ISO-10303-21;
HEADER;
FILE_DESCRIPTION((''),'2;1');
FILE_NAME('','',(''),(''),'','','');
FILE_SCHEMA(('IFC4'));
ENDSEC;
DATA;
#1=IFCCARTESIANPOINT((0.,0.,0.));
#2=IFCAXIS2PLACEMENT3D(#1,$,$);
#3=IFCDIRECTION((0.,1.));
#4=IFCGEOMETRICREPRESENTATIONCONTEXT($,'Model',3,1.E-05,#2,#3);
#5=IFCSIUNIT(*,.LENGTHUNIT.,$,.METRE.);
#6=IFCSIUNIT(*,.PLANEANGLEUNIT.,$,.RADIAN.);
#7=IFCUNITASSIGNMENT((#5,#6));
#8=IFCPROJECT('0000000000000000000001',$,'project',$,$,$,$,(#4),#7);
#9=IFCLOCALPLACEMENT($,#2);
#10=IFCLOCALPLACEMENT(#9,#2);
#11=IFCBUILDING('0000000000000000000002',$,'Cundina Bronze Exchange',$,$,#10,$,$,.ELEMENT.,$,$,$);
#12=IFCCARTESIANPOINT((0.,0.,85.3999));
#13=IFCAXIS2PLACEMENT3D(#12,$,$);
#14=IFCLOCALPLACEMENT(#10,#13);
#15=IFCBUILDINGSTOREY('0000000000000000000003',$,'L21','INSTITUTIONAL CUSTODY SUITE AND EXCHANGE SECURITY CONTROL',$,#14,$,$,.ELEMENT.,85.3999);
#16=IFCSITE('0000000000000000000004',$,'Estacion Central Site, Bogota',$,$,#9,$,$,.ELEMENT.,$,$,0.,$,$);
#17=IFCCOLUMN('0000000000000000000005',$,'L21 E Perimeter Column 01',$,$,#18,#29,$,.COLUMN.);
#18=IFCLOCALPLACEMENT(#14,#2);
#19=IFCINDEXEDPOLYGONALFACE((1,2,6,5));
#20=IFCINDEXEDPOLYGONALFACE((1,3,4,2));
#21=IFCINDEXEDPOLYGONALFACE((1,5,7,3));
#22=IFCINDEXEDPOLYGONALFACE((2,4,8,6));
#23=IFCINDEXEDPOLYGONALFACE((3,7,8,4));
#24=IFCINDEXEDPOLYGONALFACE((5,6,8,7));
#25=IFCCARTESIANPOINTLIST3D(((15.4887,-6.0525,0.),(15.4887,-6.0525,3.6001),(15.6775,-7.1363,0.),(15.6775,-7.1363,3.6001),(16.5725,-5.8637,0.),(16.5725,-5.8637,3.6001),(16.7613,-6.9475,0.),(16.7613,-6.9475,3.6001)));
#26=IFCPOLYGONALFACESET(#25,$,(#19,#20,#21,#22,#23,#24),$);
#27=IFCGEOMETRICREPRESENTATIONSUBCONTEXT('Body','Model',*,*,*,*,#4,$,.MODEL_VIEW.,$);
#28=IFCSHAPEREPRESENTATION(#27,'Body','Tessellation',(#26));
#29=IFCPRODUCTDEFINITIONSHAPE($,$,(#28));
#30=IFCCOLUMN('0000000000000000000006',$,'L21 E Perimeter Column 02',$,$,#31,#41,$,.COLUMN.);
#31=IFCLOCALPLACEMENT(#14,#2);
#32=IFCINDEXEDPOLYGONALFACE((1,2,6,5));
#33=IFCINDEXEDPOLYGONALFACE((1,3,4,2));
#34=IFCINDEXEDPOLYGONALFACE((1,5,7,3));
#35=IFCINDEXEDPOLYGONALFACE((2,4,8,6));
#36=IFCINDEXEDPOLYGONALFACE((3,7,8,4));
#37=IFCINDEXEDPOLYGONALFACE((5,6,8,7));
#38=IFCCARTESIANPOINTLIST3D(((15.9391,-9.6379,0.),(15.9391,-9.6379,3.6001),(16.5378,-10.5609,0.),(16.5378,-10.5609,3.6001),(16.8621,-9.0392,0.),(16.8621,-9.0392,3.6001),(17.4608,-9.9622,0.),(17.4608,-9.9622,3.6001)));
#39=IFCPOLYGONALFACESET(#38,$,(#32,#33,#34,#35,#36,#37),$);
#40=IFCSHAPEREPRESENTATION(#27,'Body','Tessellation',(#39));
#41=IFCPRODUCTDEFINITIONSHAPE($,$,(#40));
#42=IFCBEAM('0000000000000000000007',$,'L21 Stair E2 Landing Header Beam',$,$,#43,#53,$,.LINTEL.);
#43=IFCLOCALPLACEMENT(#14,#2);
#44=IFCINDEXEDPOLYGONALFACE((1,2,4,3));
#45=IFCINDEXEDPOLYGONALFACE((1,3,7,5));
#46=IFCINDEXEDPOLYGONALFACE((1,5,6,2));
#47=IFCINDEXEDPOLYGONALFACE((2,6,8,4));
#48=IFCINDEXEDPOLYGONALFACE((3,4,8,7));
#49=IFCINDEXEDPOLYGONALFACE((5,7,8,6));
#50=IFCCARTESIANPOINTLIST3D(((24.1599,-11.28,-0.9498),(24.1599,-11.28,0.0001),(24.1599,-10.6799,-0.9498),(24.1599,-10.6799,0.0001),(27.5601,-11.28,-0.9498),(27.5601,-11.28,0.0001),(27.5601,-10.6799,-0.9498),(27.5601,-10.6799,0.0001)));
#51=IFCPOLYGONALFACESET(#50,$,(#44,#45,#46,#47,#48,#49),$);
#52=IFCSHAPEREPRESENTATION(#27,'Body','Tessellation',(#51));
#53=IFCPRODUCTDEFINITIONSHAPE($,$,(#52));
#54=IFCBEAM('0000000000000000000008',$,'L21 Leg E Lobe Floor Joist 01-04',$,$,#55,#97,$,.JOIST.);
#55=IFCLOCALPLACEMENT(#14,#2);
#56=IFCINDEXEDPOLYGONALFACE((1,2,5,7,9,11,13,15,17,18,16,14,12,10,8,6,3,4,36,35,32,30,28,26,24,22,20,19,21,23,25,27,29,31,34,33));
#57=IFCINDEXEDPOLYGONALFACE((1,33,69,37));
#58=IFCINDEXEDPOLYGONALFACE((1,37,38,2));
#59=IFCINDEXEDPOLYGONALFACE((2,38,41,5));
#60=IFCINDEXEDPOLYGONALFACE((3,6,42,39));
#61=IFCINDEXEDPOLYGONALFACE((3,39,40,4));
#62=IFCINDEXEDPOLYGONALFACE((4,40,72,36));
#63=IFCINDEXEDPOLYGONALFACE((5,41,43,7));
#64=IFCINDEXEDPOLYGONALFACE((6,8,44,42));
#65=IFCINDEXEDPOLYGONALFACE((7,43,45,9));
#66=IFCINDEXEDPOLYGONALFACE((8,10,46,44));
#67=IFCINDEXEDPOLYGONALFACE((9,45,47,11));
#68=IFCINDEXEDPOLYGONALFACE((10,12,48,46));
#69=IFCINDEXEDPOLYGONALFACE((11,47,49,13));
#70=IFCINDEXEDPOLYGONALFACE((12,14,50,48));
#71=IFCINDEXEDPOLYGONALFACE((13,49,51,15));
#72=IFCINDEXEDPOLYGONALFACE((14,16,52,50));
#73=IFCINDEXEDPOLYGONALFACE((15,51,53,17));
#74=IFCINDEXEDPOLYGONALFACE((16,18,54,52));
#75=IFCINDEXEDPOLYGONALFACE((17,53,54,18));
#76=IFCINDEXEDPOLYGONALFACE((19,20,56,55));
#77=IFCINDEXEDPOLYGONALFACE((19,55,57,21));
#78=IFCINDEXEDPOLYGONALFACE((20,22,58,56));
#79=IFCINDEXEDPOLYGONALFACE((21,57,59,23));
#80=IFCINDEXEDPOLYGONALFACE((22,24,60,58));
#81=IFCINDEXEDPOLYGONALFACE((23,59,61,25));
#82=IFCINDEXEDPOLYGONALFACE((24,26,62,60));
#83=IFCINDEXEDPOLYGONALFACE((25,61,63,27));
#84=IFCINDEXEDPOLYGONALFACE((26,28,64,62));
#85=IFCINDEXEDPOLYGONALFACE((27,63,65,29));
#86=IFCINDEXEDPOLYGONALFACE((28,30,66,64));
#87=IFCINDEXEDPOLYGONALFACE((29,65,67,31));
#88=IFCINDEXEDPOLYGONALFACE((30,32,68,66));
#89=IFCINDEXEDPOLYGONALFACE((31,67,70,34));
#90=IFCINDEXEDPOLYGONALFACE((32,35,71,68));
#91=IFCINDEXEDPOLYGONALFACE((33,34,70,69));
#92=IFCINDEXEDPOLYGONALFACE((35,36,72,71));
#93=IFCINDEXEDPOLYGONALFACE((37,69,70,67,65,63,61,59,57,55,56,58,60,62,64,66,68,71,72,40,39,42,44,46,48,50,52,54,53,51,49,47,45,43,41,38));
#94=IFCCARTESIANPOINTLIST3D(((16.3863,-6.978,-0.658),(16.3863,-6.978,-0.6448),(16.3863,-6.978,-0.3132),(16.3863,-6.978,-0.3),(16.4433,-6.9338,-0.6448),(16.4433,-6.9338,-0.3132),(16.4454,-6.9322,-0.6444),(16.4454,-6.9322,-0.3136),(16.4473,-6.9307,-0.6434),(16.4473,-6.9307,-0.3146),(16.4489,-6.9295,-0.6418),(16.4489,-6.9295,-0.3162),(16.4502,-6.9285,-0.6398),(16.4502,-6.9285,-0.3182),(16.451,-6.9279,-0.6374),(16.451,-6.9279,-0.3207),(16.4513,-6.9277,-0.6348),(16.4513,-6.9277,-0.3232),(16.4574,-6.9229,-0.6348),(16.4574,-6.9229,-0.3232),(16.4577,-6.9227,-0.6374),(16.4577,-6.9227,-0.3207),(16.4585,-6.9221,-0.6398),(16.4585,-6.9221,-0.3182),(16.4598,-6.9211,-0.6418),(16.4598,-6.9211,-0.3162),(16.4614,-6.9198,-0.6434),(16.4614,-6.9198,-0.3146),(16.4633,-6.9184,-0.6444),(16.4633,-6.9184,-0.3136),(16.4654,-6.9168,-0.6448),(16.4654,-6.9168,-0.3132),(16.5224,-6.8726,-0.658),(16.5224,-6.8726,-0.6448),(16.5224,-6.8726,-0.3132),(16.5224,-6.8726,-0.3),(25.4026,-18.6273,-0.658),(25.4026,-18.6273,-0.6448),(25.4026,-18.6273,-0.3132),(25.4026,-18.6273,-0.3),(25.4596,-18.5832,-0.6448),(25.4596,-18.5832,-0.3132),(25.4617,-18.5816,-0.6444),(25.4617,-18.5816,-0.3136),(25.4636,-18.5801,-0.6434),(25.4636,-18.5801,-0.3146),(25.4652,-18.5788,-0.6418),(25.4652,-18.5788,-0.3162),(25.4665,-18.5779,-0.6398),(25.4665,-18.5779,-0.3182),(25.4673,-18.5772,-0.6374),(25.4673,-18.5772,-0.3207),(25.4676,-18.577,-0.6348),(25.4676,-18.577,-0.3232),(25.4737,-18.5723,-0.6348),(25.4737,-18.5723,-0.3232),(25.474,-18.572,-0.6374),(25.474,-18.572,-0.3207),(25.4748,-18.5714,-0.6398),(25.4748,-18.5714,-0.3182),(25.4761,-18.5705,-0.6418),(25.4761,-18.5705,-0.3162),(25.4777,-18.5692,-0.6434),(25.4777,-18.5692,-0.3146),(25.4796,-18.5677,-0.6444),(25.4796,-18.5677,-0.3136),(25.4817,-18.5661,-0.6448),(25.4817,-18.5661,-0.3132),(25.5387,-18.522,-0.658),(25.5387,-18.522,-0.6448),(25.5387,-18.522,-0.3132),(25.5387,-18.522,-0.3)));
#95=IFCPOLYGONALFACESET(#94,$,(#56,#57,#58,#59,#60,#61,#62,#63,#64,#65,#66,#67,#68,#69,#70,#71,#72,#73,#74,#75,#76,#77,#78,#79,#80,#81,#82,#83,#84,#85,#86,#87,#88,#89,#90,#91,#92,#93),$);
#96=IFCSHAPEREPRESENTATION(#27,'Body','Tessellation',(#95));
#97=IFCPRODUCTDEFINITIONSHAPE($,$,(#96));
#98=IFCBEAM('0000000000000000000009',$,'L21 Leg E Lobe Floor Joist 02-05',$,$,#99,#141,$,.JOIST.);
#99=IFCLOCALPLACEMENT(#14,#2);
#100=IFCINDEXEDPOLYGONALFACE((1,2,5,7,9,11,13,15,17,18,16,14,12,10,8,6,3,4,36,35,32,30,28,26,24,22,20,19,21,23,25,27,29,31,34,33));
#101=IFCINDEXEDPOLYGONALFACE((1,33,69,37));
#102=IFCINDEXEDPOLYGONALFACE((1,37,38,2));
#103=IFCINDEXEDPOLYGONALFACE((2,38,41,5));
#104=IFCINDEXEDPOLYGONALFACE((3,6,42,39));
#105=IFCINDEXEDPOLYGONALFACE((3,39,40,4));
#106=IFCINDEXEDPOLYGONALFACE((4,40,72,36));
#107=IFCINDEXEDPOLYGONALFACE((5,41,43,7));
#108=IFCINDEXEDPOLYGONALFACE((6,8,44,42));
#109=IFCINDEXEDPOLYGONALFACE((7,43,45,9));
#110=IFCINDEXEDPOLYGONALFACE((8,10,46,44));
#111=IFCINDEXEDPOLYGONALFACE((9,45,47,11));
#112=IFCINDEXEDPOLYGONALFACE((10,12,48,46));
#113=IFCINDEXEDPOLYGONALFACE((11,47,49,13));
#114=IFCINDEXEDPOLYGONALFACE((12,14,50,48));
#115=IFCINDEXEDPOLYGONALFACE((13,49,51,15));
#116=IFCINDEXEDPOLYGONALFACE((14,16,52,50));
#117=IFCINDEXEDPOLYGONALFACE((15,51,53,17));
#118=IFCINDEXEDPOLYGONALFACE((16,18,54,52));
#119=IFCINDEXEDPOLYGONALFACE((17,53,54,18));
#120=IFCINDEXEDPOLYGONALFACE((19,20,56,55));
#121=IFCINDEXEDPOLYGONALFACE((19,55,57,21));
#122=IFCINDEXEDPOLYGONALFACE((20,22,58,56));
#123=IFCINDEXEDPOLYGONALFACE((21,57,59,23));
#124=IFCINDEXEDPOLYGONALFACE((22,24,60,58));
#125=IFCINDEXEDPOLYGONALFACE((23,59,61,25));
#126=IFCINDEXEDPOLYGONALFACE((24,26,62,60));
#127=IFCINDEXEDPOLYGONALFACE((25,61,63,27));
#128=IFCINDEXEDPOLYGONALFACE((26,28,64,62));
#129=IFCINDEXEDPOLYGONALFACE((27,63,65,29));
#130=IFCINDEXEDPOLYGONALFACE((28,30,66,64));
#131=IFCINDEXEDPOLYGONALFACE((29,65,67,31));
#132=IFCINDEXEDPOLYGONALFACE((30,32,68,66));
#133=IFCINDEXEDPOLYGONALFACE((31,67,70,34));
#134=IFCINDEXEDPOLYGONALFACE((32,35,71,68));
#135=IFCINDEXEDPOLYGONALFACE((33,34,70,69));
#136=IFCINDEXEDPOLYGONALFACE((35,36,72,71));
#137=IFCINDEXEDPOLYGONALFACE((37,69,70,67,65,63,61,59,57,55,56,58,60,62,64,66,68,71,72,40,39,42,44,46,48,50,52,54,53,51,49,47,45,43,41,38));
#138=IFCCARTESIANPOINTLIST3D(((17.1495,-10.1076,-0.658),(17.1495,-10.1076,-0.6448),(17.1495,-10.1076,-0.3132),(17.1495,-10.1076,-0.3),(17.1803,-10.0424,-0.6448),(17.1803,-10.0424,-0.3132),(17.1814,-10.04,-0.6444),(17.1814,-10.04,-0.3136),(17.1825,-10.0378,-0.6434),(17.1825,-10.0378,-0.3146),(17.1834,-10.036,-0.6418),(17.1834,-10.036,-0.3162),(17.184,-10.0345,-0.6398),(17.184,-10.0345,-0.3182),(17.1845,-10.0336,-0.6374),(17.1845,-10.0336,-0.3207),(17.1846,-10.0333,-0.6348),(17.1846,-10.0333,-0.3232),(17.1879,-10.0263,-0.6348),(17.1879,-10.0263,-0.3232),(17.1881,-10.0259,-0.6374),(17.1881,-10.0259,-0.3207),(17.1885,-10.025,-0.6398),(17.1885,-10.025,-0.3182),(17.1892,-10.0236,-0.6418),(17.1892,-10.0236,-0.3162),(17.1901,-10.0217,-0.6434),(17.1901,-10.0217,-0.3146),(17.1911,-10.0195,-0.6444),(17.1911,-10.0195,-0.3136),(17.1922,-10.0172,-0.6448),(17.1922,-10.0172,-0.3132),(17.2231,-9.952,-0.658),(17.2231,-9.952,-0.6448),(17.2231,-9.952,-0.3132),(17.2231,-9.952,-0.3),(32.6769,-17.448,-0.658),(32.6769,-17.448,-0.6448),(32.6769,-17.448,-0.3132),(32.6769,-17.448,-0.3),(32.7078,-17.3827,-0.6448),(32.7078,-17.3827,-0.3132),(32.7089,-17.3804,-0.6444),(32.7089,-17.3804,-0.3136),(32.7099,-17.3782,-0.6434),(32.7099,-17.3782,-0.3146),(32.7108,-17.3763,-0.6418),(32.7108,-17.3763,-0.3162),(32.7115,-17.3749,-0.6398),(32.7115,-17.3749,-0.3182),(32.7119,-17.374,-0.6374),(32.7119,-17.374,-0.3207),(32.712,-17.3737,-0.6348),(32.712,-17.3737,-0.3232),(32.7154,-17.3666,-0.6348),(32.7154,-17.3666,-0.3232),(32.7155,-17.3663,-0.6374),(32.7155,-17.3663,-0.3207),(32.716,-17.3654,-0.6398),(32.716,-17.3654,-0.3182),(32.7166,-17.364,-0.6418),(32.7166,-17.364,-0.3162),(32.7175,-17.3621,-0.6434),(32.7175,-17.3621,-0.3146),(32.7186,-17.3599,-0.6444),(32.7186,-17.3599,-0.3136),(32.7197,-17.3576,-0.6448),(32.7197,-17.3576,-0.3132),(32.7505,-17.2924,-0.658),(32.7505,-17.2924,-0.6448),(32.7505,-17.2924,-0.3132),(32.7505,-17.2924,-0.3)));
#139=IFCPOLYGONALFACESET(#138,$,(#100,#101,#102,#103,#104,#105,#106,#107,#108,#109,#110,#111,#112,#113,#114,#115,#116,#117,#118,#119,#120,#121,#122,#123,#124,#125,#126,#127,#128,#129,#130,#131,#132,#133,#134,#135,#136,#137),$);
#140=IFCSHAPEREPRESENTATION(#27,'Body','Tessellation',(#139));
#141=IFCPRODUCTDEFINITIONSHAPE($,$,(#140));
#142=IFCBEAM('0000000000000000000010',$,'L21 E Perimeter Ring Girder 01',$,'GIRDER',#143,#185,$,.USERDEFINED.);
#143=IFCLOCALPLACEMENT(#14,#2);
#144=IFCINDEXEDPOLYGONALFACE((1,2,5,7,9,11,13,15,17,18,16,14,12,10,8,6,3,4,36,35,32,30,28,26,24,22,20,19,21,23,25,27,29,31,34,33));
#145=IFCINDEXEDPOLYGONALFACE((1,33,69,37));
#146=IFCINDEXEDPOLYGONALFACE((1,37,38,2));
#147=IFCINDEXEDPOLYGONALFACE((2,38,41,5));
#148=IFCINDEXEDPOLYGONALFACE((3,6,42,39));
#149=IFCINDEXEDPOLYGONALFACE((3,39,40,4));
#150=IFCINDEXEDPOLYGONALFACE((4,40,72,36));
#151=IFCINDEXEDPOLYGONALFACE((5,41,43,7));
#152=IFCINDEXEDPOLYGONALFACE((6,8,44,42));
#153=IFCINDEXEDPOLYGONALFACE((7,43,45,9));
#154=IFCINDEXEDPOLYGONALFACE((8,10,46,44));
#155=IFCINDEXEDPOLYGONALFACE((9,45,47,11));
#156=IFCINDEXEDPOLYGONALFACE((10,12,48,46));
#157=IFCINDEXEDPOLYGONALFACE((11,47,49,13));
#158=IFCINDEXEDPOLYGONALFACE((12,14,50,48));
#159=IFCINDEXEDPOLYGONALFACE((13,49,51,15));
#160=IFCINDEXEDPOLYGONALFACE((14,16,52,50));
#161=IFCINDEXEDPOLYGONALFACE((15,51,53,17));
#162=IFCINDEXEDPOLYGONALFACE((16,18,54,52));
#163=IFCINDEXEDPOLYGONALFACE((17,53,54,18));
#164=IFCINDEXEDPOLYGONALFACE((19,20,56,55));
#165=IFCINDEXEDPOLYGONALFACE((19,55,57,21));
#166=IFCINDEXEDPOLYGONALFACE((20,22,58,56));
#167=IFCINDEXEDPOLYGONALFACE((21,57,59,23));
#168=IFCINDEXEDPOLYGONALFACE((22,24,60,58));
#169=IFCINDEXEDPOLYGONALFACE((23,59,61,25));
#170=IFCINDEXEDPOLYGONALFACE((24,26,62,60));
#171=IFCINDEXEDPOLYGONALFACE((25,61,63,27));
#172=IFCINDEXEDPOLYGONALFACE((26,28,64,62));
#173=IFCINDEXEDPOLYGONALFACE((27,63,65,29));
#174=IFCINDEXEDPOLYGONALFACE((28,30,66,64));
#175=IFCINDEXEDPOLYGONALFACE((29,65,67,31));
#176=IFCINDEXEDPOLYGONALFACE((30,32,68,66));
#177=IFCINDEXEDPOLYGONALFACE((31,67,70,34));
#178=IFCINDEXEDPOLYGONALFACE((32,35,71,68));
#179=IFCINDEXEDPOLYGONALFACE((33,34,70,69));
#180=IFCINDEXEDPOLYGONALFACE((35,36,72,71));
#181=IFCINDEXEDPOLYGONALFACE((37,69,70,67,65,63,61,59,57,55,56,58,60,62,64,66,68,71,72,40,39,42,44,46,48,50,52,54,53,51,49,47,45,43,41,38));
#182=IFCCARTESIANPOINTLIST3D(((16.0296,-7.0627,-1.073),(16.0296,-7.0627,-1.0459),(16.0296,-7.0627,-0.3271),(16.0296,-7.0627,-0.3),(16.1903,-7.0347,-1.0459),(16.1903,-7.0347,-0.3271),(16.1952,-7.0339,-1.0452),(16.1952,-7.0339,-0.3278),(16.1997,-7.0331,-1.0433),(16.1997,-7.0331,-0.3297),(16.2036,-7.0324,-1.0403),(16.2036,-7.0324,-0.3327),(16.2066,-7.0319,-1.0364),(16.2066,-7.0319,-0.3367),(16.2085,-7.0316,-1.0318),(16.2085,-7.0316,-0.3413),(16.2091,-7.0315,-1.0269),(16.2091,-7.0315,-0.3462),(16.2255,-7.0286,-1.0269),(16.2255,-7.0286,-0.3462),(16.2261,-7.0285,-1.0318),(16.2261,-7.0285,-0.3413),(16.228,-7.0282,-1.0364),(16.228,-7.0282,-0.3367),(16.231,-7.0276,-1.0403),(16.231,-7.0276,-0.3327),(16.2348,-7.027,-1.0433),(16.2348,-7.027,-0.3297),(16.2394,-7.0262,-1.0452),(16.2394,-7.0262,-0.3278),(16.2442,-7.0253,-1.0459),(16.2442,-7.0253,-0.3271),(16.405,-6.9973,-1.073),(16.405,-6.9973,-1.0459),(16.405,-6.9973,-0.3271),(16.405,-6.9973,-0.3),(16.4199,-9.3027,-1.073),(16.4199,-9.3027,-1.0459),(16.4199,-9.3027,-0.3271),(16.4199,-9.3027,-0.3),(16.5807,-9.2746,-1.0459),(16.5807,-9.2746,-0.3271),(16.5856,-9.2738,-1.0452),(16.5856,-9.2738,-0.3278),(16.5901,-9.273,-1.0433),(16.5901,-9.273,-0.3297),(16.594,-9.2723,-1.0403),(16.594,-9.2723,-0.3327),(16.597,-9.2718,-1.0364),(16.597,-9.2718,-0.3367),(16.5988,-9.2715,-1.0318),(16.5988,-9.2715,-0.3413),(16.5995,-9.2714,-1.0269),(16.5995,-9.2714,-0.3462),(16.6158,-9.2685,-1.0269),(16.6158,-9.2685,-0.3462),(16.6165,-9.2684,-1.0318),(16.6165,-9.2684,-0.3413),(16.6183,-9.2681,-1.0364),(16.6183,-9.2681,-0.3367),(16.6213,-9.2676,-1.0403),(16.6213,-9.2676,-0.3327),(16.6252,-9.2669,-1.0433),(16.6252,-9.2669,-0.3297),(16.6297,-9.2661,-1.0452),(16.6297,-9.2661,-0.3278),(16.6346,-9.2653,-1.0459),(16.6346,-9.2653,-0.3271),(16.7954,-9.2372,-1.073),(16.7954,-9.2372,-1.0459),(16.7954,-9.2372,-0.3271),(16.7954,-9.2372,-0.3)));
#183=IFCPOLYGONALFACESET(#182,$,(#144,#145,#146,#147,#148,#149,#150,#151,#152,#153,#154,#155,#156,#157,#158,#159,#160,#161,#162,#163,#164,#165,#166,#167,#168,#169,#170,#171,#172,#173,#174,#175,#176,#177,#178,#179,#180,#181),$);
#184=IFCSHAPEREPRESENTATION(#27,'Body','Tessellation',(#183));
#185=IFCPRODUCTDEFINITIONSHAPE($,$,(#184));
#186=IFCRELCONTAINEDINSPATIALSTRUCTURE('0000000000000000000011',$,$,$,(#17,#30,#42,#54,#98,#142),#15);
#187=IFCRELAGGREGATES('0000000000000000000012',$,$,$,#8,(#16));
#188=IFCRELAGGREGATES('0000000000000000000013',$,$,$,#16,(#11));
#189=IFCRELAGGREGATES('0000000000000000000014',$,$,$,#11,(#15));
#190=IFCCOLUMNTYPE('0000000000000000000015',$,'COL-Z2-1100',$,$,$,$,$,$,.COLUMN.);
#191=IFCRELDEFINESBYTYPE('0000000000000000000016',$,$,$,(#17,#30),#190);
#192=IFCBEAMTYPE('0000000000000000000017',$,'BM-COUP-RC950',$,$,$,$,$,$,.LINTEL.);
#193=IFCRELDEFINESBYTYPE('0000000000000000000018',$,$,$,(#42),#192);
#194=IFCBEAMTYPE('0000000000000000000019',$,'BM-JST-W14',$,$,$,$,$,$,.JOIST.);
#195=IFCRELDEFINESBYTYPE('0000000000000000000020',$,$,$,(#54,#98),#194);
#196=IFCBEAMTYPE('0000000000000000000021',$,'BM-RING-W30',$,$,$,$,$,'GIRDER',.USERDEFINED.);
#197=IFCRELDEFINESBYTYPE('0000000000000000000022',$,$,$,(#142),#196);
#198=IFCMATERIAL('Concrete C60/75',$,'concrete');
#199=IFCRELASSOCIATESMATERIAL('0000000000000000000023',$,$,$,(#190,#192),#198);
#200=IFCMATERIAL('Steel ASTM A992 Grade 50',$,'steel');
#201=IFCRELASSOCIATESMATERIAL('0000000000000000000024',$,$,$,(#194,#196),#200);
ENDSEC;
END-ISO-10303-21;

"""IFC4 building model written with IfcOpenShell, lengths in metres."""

from ifc_helpers import new_model, si_unit, direction, frame, origin, origin_2d, place, context, subcontext, project, spatial, rectangle, i_section, extrude, material, material_profile, profile_set, type_object, element, save


model = new_model("IFC4")

# Units and contexts
model_context = context("Model", 3, precision=1e-05, world=origin(), true_north=direction((0.0, 1.0)))
body_context = subcontext(model_context, "Body", "Model", "MODEL_VIEW")
ifc_project = project(units=[si_unit("LENGTHUNIT", "METRE"), si_unit("PLANEANGLEUNIT", "RADIAN")], contexts=[model_context])

# Site, building, storey
site_placement = place(None, origin())
site = spatial("IfcSite", under=ifc_project, at=site_placement, Name="Estacion Central Site, Bogota", CompositionType="ELEMENT", RefElevation=0.0)
building_placement = place(site_placement, origin())
building = spatial("IfcBuilding", under=site, at=building_placement, Name="Cundina Bronze Exchange", CompositionType="ELEMENT")
storey_placement = place(building_placement, frame((0.0, 0.0, 85.3999)))
storey = spatial("IfcBuildingStorey", under=building, at=storey_placement, Name="L21", Description="INSTITUTIONAL CUSTODY SUITE AND EXCHANGE SECURITY CONTROL", CompositionType="ELEMENT", Elevation=85.3999)

# Columns
ifc_material_1 = material(Name="Concrete C60/75", Category="concrete")
ifc_material_profile_1 = material_profile(ifc_material_1, rectangle(XDim=1.1001, YDim=1.1001, at=origin_2d()), Name="RC1100X1100", Category="concrete")
ifc_profile_set_1 = profile_set([ifc_material_profile_1], Name="Concrete C60/75")
column_type = type_object("IfcColumnType", Name="COL-Z2-1100", PredefinedType="COLUMN", material=ifc_profile_set_1)
for number, where, z_axis, x_axis, name in (
    (1, (16.125, -6.5, 0.0), (0.0, 0.0, 1.0), (0.171585, -0.985169, 0.0), "L21 E Perimeter Column 01"),
    (2, (16.7, -9.8, 0.0), (0.0, 0.0, 1.0), (0.5442, -0.838956, 0.0), "L21 E Perimeter Column 02"),
):
    element("IfcColumn", number, at=place(storey_placement, frame(where, z_axis=z_axis, x_axis=x_axis)), inside=storey, type_object=column_type, Name=name, PredefinedType="COLUMN", context=body_context, shape_type="SweptSolid", body=[
        extrude(rectangle(XDim=1.1001, YDim=1.1001, at=origin_2d()), origin(), (0.0, 0.0, 1.0), 3.6001),
    ])

# Beams
ifc_material_profile_2 = material_profile(ifc_material_1, rectangle(XDim=0.6001, YDim=0.95, at=origin_2d()), Name="RC600X950", Category="concrete")
ifc_profile_set_2 = profile_set([ifc_material_profile_2], Name="Concrete C60/75")
beam_type_1 = type_object("IfcBeamType", Name="BM-COUP-RC950", PredefinedType="LINTEL", material=ifc_profile_set_2)
beam_1_placement = place(storey_placement, frame((24.1599, -10.98, -0.4749), z_axis=(1.0, 0.0, 0.0), x_axis=(0.0, 1.0, 0.0)))
element("IfcBeam", 3, at=beam_1_placement, inside=storey, type_object=beam_type_1, Name="L21 Stair E2 Landing Header Beam", PredefinedType="LINTEL", context=body_context, shape_type="SweptSolid", body=[
    extrude(rectangle(XDim=0.6001, YDim=0.95, at=origin_2d()), origin(), (0.0, 0.0, 1.0), 3.4001),
])
ifc_material_2 = material(Name="Steel ASTM A992 Grade 50", Category="steel")
ifc_material_profile_3 = material_profile(ifc_material_2, i_section(OverallWidth=0.1721, OverallDepth=0.3579, WebThickness=0.0078, FlangeThickness=0.0132, FilletRadius=0.01, at=origin_2d()), Name="W14X38", Category="steel")
ifc_profile_set_3 = profile_set([ifc_material_profile_3], Name="Steel ASTM A992 Grade 50")
beam_type_2 = type_object("IfcBeamType", Name="BM-JST-W14", PredefinedType="JOIST", material=ifc_profile_set_3)
beam_2_placement = place(storey_placement, frame((16.4543, -6.9253, -0.479), z_axis=(0.612065, -0.790807, 0.0), x_axis=(0.790807, 0.612065, 0.0)))
element("IfcBeam", 4, at=beam_2_placement, inside=storey, type_object=beam_type_2, Name="L21 Leg E Lobe Floor Joist 01-04", PredefinedType="JOIST", context=body_context, shape_type="SweptSolid", body=[
    extrude(i_section(OverallWidth=0.1721, OverallDepth=0.3579, WebThickness=0.0078, FlangeThickness=0.0132, FilletRadius=0.01, at=origin_2d()), origin(), (0.0, 0.0, 1.0), 14.731),
])
beam_3_placement = place(storey_placement, frame((17.1863, -10.0298, -0.479), z_axis=(0.904069, -0.427386, 0.0), x_axis=(0.427386, 0.904069, 0.0)))
element("IfcBeam", 5, at=beam_3_placement, inside=storey, type_object=beam_type_2, Name="L21 Leg E Lobe Floor Joist 02-05", PredefinedType="JOIST", context=body_context, shape_type="SweptSolid", body=[
    extrude(i_section(OverallWidth=0.1721, OverallDepth=0.3579, WebThickness=0.0078, FlangeThickness=0.0132, FilletRadius=0.01, at=origin_2d()), origin(), (0.0, 0.0, 1.0), 17.175),
])
ifc_material_profile_4 = material_profile(ifc_material_2, i_section(OverallWidth=0.3811, OverallDepth=0.7729, WebThickness=0.0166, FlangeThickness=0.0271, FilletRadius=0.019, at=origin_2d()), Name="W30X173", Category="steel")
ifc_profile_set_4 = profile_set([ifc_material_profile_4], Name="Steel ASTM A992 Grade 50")
beam_type_3 = type_object("IfcBeamType", Name="BM-RING-W30", ElementType="GIRDER", PredefinedType="USERDEFINED", material=ifc_profile_set_4)
beam_4_placement = place(storey_placement, frame((16.2173, -7.03, -0.6865), z_axis=(0.17169, -0.985151, 0.0), x_axis=(0.985151, 0.17169, 0.0)))
element("IfcBeam", 6, at=beam_4_placement, inside=storey, type_object=beam_type_3, Name="L21 E Perimeter Ring Girder 01", ObjectType="GIRDER", PredefinedType="USERDEFINED", context=body_context, shape_type="SweptSolid", body=[
    extrude(i_section(OverallWidth=0.3811, OverallDepth=0.7729, WebThickness=0.0166, FlangeThickness=0.0271, FilletRadius=0.019, at=origin_2d()), origin(), (0.0, 0.0, 1.0), 2.2737),
])

save(model, "model.ifc")
